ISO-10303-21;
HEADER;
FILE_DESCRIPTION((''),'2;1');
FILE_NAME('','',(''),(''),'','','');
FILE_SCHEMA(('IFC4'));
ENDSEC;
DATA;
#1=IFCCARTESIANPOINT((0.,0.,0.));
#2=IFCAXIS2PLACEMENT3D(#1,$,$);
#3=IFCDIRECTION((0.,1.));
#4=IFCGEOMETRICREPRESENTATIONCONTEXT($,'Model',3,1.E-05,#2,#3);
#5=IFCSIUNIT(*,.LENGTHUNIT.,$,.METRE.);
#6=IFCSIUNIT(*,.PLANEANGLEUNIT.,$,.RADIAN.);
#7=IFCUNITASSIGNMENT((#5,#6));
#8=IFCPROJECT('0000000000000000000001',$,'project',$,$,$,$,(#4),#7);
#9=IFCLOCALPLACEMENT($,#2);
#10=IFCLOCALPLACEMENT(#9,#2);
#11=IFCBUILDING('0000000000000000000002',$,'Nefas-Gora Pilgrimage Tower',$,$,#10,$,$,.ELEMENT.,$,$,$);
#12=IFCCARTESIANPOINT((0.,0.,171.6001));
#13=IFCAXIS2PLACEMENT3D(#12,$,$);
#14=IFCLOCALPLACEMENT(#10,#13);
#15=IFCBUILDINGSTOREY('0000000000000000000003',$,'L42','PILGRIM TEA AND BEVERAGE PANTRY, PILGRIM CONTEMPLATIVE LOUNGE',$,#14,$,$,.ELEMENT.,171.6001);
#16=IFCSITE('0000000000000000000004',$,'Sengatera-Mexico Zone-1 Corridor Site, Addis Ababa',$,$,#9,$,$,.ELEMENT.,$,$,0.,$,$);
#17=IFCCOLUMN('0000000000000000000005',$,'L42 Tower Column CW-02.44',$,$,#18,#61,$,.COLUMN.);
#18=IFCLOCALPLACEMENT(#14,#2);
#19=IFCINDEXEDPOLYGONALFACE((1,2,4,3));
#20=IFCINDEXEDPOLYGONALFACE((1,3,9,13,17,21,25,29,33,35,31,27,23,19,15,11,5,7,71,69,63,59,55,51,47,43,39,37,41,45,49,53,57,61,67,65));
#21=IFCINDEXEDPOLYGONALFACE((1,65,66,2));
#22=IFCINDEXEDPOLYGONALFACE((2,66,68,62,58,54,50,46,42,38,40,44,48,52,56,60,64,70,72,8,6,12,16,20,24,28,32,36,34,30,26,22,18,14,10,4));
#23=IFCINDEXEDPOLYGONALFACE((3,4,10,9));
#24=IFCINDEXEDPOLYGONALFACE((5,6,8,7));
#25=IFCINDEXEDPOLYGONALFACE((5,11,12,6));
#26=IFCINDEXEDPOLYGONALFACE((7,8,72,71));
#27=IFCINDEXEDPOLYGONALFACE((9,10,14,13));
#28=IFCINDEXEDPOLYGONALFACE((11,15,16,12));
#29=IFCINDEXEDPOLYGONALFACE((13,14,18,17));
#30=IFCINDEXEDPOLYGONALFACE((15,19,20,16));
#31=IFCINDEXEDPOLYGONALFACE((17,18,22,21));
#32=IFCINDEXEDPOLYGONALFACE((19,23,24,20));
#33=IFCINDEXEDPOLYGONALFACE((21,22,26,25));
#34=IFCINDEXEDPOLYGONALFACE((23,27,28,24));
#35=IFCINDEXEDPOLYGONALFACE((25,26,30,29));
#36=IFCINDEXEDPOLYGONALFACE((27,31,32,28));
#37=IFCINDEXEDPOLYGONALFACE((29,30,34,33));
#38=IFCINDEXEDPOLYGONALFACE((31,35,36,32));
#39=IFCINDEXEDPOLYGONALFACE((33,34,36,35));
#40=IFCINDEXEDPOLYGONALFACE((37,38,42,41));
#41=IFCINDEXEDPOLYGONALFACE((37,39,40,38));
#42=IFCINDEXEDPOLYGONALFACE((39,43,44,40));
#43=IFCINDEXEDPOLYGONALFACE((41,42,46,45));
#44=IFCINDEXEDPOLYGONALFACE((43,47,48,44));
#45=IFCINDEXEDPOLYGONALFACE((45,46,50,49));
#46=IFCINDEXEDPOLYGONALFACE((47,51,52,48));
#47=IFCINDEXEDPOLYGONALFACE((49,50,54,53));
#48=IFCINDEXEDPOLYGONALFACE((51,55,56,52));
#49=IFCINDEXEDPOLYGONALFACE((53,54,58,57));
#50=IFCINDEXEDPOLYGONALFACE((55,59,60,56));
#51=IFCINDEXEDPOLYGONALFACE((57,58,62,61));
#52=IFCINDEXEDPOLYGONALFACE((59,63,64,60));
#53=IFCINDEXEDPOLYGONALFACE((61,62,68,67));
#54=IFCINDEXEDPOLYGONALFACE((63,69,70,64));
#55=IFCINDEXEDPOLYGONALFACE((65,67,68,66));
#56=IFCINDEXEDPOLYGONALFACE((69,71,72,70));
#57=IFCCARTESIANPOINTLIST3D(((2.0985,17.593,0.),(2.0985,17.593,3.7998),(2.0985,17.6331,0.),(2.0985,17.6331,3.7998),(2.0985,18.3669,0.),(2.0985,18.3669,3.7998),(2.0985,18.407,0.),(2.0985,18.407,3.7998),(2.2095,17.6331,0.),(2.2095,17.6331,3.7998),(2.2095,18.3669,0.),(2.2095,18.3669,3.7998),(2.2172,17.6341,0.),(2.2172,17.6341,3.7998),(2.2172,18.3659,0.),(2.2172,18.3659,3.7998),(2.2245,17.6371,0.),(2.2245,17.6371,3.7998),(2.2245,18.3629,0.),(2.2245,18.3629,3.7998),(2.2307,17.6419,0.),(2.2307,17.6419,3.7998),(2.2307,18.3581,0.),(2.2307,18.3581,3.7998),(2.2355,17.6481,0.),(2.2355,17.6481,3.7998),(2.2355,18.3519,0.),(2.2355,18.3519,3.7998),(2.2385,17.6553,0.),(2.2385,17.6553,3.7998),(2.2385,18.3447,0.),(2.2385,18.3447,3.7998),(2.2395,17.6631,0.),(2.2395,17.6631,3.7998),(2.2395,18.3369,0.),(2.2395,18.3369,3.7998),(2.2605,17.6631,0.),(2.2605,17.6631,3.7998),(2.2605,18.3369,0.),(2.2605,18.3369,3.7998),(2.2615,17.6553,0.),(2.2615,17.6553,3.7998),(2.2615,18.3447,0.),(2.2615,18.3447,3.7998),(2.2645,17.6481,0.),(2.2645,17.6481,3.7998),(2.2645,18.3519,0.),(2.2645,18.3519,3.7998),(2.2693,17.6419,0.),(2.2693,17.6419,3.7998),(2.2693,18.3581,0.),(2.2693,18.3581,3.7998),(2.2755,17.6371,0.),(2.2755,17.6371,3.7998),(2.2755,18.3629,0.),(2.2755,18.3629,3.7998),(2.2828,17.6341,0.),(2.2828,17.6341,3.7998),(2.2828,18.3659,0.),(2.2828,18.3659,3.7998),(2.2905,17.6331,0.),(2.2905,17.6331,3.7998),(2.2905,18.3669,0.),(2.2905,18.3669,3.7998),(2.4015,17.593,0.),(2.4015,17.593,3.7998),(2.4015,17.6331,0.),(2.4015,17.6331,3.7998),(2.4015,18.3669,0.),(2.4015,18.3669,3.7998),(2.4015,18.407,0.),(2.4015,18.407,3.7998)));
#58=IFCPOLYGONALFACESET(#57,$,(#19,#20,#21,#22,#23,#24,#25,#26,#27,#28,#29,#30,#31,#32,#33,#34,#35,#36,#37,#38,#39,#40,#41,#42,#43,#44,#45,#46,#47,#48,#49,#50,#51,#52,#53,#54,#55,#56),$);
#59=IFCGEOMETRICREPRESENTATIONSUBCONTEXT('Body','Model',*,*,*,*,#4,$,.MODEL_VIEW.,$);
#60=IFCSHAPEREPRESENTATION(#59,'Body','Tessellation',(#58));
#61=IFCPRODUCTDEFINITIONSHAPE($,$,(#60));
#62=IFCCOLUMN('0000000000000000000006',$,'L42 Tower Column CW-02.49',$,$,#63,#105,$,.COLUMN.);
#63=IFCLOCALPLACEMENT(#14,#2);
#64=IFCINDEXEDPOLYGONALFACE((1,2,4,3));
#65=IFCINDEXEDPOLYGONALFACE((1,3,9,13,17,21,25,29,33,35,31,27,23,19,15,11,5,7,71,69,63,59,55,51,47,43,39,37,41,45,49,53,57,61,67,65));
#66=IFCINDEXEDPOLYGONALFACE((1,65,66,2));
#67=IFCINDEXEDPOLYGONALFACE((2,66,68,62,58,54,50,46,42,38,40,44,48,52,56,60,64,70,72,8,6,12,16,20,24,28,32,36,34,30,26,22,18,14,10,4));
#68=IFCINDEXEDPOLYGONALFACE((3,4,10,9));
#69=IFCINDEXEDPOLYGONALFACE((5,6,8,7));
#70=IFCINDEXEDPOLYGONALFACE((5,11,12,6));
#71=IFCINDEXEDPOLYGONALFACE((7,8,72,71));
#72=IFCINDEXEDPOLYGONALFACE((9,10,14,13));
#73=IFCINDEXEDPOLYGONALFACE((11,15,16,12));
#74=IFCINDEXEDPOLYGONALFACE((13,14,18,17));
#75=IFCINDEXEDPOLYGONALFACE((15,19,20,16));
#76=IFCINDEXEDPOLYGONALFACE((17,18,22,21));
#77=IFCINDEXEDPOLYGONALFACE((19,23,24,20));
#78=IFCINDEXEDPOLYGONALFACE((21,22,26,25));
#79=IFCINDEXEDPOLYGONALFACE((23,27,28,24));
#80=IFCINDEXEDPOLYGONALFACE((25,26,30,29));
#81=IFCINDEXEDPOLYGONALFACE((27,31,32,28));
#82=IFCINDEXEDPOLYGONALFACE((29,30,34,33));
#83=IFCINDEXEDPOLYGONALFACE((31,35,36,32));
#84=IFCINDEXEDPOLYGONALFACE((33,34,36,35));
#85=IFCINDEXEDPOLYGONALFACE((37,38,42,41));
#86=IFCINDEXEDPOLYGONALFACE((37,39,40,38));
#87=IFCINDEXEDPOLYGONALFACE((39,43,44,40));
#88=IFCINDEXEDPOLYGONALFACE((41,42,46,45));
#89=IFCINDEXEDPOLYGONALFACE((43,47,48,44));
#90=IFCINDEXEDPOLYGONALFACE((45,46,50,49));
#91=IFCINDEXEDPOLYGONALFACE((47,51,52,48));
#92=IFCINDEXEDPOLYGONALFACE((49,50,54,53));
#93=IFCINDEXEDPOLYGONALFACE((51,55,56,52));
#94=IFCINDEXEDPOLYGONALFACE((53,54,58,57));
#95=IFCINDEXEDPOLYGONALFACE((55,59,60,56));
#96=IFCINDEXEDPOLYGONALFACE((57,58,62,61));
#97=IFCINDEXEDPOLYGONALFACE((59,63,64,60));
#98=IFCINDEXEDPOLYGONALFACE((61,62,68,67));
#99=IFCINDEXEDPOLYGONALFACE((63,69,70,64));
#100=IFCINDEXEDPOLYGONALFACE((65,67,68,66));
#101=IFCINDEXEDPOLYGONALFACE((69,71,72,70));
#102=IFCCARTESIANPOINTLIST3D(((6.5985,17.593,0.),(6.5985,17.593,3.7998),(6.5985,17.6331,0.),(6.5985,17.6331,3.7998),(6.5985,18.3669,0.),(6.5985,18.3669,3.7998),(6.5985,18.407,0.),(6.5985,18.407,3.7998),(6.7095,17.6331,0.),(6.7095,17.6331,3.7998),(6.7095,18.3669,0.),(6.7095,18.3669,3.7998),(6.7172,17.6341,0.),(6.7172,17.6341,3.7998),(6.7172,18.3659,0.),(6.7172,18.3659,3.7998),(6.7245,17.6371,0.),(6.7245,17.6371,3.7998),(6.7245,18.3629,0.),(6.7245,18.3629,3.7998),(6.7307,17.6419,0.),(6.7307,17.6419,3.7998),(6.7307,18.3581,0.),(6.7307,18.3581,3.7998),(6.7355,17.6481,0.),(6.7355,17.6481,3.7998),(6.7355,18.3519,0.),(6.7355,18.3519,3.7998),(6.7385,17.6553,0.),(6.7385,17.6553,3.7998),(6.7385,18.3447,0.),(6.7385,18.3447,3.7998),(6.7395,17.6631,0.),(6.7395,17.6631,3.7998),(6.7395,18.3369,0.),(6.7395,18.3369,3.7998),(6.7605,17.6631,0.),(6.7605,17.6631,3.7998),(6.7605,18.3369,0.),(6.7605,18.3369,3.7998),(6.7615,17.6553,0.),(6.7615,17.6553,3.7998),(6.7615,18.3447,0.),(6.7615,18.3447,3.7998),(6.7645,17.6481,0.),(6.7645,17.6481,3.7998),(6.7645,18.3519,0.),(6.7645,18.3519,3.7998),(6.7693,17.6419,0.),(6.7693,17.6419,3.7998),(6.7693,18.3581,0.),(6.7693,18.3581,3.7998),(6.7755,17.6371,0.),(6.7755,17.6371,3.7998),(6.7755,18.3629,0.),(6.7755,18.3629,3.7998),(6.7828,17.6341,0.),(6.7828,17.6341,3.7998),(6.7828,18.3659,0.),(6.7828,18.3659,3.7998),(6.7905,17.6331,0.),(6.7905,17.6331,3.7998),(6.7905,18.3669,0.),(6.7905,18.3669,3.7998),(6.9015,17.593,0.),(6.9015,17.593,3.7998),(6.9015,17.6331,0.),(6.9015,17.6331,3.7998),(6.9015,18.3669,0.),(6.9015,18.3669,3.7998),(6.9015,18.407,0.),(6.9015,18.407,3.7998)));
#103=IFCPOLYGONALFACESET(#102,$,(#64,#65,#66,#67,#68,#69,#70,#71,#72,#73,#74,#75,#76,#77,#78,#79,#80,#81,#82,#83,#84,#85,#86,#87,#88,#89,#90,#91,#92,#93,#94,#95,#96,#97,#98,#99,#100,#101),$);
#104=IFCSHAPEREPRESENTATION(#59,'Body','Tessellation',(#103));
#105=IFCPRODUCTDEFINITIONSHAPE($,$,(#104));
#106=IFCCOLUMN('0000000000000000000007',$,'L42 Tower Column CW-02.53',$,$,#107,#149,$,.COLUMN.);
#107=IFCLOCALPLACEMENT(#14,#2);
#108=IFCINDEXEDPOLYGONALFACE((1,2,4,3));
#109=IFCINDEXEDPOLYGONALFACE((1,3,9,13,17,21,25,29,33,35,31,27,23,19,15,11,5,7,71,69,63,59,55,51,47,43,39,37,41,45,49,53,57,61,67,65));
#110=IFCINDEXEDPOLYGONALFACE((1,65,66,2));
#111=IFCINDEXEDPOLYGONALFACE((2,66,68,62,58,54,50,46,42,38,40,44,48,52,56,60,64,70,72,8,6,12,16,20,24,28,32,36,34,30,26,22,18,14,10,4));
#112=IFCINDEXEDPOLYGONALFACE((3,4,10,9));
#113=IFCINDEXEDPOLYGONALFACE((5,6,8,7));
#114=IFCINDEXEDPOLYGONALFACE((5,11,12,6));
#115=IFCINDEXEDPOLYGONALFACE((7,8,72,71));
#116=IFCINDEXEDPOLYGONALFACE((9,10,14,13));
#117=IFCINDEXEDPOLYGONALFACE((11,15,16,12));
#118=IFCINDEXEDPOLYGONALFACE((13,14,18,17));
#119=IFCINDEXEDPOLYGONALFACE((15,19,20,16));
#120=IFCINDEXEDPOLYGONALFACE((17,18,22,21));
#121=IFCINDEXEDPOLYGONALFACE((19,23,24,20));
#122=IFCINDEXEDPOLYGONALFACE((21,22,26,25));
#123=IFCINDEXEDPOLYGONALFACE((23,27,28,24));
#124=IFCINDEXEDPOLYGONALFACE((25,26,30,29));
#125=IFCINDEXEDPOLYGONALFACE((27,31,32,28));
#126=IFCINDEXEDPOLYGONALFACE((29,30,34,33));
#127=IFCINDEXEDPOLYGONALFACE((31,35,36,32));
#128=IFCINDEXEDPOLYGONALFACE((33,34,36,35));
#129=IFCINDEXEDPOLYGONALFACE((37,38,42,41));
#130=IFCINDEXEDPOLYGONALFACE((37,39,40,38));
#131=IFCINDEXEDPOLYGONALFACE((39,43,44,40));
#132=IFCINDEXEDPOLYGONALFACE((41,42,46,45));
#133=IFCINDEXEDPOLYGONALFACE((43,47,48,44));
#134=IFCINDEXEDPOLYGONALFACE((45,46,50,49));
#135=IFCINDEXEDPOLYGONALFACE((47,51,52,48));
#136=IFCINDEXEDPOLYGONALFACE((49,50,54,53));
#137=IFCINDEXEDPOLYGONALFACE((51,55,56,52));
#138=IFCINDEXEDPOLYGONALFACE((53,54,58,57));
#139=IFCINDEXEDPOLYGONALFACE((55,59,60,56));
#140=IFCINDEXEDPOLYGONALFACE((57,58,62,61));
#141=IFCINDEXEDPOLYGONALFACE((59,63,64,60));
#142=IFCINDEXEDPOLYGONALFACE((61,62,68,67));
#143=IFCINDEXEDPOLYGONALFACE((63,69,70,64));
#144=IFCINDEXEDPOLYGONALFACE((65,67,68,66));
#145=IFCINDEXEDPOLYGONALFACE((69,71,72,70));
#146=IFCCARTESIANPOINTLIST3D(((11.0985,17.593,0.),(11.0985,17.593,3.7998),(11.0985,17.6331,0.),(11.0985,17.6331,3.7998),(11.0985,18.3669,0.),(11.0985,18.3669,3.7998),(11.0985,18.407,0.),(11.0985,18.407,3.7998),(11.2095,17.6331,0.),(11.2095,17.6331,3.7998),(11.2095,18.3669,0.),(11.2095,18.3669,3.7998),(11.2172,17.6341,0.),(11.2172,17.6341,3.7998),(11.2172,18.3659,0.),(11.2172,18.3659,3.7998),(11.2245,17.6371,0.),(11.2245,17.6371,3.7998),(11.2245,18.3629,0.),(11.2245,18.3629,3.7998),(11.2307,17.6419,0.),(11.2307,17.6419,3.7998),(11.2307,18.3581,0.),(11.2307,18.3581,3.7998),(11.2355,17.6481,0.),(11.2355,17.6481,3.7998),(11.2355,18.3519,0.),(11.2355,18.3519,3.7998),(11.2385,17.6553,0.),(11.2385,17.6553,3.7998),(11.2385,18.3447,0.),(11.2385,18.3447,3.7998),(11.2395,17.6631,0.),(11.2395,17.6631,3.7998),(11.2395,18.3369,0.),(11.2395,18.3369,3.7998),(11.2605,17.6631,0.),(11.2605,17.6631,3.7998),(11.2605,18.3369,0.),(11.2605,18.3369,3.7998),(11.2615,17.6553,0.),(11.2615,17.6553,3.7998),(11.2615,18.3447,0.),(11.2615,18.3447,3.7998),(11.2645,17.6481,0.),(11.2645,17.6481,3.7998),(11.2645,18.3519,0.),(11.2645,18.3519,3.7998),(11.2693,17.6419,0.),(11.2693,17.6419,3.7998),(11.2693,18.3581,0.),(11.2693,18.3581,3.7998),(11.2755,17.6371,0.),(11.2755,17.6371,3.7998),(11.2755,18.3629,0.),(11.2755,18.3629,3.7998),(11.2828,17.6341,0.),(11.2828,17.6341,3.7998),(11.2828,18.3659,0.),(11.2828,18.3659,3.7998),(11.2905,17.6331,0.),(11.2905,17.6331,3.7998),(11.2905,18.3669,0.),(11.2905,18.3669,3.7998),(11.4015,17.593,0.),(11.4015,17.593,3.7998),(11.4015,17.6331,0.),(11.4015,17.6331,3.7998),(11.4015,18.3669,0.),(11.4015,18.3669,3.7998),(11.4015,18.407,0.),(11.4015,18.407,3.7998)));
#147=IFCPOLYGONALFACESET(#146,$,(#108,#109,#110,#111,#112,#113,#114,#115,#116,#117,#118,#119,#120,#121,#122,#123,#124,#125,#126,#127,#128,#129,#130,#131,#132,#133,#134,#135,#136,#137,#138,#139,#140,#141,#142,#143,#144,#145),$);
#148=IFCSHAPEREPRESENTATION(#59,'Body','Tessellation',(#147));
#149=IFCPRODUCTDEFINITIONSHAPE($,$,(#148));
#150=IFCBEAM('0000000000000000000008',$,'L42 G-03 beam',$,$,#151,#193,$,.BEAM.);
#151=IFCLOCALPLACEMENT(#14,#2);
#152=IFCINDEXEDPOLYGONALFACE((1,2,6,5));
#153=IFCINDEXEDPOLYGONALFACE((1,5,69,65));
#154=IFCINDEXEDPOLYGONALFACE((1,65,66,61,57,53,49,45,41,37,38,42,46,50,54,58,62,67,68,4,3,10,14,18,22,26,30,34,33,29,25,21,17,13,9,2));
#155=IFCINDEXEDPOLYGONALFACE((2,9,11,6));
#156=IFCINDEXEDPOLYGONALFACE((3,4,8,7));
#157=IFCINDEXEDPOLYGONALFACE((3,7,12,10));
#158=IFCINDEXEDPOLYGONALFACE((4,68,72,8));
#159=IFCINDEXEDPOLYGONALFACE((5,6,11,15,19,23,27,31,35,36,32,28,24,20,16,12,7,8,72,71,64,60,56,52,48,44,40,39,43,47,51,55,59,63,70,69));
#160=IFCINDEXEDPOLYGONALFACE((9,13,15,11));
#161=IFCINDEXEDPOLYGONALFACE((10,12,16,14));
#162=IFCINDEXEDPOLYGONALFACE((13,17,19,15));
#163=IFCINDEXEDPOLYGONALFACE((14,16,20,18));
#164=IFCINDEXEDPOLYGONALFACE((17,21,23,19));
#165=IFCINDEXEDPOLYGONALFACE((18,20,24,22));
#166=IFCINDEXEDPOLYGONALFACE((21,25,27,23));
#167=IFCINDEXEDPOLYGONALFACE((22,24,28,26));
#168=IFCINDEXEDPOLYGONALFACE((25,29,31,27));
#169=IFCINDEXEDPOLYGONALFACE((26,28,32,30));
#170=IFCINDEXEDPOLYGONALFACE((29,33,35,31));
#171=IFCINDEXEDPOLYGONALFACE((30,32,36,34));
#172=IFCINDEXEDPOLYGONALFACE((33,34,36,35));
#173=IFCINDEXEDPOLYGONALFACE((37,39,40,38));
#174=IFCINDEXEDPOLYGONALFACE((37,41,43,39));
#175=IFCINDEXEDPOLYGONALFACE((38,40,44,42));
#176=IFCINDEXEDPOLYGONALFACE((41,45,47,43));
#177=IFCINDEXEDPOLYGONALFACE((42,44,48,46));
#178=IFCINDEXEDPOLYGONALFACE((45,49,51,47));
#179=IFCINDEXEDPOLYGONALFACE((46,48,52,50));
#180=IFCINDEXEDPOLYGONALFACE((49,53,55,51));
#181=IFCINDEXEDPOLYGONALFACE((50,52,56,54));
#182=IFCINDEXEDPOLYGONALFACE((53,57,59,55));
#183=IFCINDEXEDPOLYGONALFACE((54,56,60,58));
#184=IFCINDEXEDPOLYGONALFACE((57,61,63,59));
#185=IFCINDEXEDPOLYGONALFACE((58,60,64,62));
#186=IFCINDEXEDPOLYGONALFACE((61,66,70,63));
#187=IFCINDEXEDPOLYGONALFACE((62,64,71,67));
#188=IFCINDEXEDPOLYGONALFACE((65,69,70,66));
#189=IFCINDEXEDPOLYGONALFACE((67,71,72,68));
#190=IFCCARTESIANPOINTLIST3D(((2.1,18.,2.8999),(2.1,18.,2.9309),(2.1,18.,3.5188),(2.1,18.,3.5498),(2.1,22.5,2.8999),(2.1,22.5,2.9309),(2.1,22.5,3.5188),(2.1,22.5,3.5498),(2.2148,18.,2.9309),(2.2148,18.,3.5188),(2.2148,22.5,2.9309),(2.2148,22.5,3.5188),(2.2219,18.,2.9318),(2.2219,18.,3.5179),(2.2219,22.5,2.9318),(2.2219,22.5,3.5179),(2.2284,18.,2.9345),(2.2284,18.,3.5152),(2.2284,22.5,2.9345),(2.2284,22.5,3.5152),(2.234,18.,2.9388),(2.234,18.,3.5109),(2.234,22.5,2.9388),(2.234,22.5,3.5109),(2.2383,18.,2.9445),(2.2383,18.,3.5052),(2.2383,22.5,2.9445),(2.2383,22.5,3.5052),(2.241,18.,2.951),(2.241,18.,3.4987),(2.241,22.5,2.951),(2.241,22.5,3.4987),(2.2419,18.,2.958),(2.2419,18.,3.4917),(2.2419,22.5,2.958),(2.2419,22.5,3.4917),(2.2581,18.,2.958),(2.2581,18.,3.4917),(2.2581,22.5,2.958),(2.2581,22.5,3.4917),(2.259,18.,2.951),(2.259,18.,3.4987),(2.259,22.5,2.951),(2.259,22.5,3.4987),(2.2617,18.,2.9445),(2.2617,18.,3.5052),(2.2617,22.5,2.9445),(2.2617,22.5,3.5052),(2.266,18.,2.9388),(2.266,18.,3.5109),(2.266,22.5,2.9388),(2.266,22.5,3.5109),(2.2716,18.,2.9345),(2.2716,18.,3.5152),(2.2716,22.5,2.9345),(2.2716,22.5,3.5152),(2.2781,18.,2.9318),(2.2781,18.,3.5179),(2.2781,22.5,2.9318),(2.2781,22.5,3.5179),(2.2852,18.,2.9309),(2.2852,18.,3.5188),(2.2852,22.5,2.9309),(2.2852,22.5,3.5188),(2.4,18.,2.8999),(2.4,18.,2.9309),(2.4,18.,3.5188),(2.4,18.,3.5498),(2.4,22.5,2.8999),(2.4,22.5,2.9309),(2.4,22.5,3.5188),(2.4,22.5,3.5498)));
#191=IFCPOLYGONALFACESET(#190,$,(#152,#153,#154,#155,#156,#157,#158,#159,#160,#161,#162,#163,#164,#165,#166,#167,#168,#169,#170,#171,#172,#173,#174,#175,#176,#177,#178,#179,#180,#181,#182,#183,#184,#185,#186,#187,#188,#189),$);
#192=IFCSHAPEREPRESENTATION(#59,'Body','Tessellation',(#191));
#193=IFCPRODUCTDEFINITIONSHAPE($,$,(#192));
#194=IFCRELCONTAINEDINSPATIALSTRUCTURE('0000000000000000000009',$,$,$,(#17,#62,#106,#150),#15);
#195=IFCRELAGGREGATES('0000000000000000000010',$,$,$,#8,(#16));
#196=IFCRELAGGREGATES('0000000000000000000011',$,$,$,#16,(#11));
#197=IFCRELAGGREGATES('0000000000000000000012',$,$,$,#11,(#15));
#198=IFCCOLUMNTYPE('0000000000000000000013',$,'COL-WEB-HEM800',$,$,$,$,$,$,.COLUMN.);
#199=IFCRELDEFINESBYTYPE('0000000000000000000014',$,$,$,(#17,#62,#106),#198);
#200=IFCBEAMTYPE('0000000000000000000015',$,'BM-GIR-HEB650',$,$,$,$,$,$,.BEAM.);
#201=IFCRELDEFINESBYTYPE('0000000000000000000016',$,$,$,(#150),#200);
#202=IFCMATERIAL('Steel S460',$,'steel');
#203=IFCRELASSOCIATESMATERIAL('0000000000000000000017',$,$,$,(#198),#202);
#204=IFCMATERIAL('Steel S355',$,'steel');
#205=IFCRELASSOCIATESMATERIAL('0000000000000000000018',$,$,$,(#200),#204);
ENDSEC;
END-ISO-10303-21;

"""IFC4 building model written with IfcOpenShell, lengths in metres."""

from ifc_helpers import new_model, si_unit, direction, frame, origin, origin_2d, place, context, subcontext, project, spatial, i_section, extrude, source, transform, mapped, material, material_profile, profile_set, type_object, element, save


model = new_model("IFC4")

# Units and contexts
model_context = context("Model", 3, precision=1e-05, world=origin(), true_north=direction((0.0, 1.0)))
body_context = subcontext(model_context, "Body", "Model", "MODEL_VIEW")
ifc_project = project(units=[si_unit("LENGTHUNIT", "METRE"), si_unit("PLANEANGLEUNIT", "RADIAN")], contexts=[model_context])

# Site, building, storey
site_placement = place(None, origin())
site = spatial("IfcSite", under=ifc_project, at=site_placement, Name="Sengatera-Mexico Zone-1 Corridor Site, Addis Ababa", CompositionType="ELEMENT", RefElevation=0.0)
building_placement = place(site_placement, origin())
building = spatial("IfcBuilding", under=site, at=building_placement, Name="Nefas-Gora Pilgrimage Tower", CompositionType="ELEMENT")
storey_placement = place(building_placement, frame((0.0, 0.0, 171.6001)))
storey = spatial("IfcBuildingStorey", under=building, at=storey_placement, Name="L42", Description="PILGRIM TEA AND BEVERAGE PANTRY, PILGRIM CONTEMPLATIVE LOUNGE", CompositionType="ELEMENT", Elevation=171.6001)

# Columns
ifc_material_1 = material(Name="Steel S460", Category="steel")
ifc_material_profile_1 = material_profile(ifc_material_1, i_section(OverallWidth=0.303, OverallDepth=0.814, WebThickness=0.021, FlangeThickness=0.04, FilletRadius=0.03, at=origin_2d()), Name="HEM 800")
ifc_profile_set_1 = profile_set([ifc_material_profile_1], Name="Steel S460")
column_type = type_object("IfcColumnType", Name="COL-WEB-HEM800", PredefinedType="COLUMN", material=ifc_profile_set_1)
shared_shape_1 = source(origin(), body_context, "Body", "SweptSolid", [
    extrude(i_section(OverallWidth=0.303, OverallDepth=0.814, WebThickness=0.021, FlangeThickness=0.04, FilletRadius=0.03, at=origin_2d()), origin(), (0.0, 0.0, 1.0), 3.7998),
])
for number, where, z_axis, x_axis, name in (
    (1, (2.25, 18.0, 0.0), (0.0, 0.0, 1.0), (1.0, 0.0, 0.0), "L42 Tower Column CW-02.44"),
    (2, (6.75, 18.0, 0.0), (0.0, 0.0, 1.0), (1.0, 0.0, 0.0), "L42 Tower Column CW-02.49"),
    (3, (11.25, 18.0, 0.0), (0.0, 0.0, 1.0), (1.0, 0.0, 0.0), "L42 Tower Column CW-02.53"),
):
    element("IfcColumn", number, at=place(storey_placement, frame(where, z_axis=z_axis, x_axis=x_axis)), inside=storey, type_object=column_type, Name=name, PredefinedType="COLUMN", context=body_context, shape_type="MappedRepresentation", body=[
        mapped(shared_shape_1, transform((0.0, 0.0, 0.0), x_axis=(1.0, 0.0, 0.0), y_axis=(0.0, 1.0, 0.0), z_axis=(0.0, 0.0, 1.0), scale=1.0)),
    ])

# Beam
ifc_material_2 = material(Name="Steel S355", Category="steel")
ifc_material_profile_2 = material_profile(ifc_material_2, i_section(OverallWidth=0.3, OverallDepth=0.6499, WebThickness=0.0161, FlangeThickness=0.031, FilletRadius=0.0271, at=origin_2d()), Name="HEB 650")
ifc_profile_set_2 = profile_set([ifc_material_profile_2], Name="Steel S355")
beam_type = type_object("IfcBeamType", Name="BM-GIR-HEB650", PredefinedType="BEAM", material=ifc_profile_set_2)
shared_shape_2 = source(origin(), body_context, "Body", "SweptSolid", [
    extrude(i_section(OverallWidth=0.3, OverallDepth=0.6499, WebThickness=0.0161, FlangeThickness=0.031, FilletRadius=0.0271, at=origin_2d()), origin(), (0.0, 0.0, 1.0), 4.5),
])
for number, where, z_axis, x_axis, name in (
    (4, (2.25, 18.0, 3.2249), (0.0, 1.0, 0.0), (-1.0, 0.0, 0.0), "L42 G-03 beam"),
):
    element("IfcBeam", number, at=place(storey_placement, frame(where, z_axis=z_axis, x_axis=x_axis)), inside=storey, type_object=beam_type, Name=name, PredefinedType="BEAM", context=body_context, shape_type="MappedRepresentation", body=[
        mapped(shared_shape_2, transform((0.0, 0.0, 0.0), x_axis=(1.0, 0.0, 0.0), y_axis=(0.0, 1.0, 0.0), z_axis=(0.0, 0.0, 1.0), scale=1.0)),
    ])

save(model, "model.ifc")
